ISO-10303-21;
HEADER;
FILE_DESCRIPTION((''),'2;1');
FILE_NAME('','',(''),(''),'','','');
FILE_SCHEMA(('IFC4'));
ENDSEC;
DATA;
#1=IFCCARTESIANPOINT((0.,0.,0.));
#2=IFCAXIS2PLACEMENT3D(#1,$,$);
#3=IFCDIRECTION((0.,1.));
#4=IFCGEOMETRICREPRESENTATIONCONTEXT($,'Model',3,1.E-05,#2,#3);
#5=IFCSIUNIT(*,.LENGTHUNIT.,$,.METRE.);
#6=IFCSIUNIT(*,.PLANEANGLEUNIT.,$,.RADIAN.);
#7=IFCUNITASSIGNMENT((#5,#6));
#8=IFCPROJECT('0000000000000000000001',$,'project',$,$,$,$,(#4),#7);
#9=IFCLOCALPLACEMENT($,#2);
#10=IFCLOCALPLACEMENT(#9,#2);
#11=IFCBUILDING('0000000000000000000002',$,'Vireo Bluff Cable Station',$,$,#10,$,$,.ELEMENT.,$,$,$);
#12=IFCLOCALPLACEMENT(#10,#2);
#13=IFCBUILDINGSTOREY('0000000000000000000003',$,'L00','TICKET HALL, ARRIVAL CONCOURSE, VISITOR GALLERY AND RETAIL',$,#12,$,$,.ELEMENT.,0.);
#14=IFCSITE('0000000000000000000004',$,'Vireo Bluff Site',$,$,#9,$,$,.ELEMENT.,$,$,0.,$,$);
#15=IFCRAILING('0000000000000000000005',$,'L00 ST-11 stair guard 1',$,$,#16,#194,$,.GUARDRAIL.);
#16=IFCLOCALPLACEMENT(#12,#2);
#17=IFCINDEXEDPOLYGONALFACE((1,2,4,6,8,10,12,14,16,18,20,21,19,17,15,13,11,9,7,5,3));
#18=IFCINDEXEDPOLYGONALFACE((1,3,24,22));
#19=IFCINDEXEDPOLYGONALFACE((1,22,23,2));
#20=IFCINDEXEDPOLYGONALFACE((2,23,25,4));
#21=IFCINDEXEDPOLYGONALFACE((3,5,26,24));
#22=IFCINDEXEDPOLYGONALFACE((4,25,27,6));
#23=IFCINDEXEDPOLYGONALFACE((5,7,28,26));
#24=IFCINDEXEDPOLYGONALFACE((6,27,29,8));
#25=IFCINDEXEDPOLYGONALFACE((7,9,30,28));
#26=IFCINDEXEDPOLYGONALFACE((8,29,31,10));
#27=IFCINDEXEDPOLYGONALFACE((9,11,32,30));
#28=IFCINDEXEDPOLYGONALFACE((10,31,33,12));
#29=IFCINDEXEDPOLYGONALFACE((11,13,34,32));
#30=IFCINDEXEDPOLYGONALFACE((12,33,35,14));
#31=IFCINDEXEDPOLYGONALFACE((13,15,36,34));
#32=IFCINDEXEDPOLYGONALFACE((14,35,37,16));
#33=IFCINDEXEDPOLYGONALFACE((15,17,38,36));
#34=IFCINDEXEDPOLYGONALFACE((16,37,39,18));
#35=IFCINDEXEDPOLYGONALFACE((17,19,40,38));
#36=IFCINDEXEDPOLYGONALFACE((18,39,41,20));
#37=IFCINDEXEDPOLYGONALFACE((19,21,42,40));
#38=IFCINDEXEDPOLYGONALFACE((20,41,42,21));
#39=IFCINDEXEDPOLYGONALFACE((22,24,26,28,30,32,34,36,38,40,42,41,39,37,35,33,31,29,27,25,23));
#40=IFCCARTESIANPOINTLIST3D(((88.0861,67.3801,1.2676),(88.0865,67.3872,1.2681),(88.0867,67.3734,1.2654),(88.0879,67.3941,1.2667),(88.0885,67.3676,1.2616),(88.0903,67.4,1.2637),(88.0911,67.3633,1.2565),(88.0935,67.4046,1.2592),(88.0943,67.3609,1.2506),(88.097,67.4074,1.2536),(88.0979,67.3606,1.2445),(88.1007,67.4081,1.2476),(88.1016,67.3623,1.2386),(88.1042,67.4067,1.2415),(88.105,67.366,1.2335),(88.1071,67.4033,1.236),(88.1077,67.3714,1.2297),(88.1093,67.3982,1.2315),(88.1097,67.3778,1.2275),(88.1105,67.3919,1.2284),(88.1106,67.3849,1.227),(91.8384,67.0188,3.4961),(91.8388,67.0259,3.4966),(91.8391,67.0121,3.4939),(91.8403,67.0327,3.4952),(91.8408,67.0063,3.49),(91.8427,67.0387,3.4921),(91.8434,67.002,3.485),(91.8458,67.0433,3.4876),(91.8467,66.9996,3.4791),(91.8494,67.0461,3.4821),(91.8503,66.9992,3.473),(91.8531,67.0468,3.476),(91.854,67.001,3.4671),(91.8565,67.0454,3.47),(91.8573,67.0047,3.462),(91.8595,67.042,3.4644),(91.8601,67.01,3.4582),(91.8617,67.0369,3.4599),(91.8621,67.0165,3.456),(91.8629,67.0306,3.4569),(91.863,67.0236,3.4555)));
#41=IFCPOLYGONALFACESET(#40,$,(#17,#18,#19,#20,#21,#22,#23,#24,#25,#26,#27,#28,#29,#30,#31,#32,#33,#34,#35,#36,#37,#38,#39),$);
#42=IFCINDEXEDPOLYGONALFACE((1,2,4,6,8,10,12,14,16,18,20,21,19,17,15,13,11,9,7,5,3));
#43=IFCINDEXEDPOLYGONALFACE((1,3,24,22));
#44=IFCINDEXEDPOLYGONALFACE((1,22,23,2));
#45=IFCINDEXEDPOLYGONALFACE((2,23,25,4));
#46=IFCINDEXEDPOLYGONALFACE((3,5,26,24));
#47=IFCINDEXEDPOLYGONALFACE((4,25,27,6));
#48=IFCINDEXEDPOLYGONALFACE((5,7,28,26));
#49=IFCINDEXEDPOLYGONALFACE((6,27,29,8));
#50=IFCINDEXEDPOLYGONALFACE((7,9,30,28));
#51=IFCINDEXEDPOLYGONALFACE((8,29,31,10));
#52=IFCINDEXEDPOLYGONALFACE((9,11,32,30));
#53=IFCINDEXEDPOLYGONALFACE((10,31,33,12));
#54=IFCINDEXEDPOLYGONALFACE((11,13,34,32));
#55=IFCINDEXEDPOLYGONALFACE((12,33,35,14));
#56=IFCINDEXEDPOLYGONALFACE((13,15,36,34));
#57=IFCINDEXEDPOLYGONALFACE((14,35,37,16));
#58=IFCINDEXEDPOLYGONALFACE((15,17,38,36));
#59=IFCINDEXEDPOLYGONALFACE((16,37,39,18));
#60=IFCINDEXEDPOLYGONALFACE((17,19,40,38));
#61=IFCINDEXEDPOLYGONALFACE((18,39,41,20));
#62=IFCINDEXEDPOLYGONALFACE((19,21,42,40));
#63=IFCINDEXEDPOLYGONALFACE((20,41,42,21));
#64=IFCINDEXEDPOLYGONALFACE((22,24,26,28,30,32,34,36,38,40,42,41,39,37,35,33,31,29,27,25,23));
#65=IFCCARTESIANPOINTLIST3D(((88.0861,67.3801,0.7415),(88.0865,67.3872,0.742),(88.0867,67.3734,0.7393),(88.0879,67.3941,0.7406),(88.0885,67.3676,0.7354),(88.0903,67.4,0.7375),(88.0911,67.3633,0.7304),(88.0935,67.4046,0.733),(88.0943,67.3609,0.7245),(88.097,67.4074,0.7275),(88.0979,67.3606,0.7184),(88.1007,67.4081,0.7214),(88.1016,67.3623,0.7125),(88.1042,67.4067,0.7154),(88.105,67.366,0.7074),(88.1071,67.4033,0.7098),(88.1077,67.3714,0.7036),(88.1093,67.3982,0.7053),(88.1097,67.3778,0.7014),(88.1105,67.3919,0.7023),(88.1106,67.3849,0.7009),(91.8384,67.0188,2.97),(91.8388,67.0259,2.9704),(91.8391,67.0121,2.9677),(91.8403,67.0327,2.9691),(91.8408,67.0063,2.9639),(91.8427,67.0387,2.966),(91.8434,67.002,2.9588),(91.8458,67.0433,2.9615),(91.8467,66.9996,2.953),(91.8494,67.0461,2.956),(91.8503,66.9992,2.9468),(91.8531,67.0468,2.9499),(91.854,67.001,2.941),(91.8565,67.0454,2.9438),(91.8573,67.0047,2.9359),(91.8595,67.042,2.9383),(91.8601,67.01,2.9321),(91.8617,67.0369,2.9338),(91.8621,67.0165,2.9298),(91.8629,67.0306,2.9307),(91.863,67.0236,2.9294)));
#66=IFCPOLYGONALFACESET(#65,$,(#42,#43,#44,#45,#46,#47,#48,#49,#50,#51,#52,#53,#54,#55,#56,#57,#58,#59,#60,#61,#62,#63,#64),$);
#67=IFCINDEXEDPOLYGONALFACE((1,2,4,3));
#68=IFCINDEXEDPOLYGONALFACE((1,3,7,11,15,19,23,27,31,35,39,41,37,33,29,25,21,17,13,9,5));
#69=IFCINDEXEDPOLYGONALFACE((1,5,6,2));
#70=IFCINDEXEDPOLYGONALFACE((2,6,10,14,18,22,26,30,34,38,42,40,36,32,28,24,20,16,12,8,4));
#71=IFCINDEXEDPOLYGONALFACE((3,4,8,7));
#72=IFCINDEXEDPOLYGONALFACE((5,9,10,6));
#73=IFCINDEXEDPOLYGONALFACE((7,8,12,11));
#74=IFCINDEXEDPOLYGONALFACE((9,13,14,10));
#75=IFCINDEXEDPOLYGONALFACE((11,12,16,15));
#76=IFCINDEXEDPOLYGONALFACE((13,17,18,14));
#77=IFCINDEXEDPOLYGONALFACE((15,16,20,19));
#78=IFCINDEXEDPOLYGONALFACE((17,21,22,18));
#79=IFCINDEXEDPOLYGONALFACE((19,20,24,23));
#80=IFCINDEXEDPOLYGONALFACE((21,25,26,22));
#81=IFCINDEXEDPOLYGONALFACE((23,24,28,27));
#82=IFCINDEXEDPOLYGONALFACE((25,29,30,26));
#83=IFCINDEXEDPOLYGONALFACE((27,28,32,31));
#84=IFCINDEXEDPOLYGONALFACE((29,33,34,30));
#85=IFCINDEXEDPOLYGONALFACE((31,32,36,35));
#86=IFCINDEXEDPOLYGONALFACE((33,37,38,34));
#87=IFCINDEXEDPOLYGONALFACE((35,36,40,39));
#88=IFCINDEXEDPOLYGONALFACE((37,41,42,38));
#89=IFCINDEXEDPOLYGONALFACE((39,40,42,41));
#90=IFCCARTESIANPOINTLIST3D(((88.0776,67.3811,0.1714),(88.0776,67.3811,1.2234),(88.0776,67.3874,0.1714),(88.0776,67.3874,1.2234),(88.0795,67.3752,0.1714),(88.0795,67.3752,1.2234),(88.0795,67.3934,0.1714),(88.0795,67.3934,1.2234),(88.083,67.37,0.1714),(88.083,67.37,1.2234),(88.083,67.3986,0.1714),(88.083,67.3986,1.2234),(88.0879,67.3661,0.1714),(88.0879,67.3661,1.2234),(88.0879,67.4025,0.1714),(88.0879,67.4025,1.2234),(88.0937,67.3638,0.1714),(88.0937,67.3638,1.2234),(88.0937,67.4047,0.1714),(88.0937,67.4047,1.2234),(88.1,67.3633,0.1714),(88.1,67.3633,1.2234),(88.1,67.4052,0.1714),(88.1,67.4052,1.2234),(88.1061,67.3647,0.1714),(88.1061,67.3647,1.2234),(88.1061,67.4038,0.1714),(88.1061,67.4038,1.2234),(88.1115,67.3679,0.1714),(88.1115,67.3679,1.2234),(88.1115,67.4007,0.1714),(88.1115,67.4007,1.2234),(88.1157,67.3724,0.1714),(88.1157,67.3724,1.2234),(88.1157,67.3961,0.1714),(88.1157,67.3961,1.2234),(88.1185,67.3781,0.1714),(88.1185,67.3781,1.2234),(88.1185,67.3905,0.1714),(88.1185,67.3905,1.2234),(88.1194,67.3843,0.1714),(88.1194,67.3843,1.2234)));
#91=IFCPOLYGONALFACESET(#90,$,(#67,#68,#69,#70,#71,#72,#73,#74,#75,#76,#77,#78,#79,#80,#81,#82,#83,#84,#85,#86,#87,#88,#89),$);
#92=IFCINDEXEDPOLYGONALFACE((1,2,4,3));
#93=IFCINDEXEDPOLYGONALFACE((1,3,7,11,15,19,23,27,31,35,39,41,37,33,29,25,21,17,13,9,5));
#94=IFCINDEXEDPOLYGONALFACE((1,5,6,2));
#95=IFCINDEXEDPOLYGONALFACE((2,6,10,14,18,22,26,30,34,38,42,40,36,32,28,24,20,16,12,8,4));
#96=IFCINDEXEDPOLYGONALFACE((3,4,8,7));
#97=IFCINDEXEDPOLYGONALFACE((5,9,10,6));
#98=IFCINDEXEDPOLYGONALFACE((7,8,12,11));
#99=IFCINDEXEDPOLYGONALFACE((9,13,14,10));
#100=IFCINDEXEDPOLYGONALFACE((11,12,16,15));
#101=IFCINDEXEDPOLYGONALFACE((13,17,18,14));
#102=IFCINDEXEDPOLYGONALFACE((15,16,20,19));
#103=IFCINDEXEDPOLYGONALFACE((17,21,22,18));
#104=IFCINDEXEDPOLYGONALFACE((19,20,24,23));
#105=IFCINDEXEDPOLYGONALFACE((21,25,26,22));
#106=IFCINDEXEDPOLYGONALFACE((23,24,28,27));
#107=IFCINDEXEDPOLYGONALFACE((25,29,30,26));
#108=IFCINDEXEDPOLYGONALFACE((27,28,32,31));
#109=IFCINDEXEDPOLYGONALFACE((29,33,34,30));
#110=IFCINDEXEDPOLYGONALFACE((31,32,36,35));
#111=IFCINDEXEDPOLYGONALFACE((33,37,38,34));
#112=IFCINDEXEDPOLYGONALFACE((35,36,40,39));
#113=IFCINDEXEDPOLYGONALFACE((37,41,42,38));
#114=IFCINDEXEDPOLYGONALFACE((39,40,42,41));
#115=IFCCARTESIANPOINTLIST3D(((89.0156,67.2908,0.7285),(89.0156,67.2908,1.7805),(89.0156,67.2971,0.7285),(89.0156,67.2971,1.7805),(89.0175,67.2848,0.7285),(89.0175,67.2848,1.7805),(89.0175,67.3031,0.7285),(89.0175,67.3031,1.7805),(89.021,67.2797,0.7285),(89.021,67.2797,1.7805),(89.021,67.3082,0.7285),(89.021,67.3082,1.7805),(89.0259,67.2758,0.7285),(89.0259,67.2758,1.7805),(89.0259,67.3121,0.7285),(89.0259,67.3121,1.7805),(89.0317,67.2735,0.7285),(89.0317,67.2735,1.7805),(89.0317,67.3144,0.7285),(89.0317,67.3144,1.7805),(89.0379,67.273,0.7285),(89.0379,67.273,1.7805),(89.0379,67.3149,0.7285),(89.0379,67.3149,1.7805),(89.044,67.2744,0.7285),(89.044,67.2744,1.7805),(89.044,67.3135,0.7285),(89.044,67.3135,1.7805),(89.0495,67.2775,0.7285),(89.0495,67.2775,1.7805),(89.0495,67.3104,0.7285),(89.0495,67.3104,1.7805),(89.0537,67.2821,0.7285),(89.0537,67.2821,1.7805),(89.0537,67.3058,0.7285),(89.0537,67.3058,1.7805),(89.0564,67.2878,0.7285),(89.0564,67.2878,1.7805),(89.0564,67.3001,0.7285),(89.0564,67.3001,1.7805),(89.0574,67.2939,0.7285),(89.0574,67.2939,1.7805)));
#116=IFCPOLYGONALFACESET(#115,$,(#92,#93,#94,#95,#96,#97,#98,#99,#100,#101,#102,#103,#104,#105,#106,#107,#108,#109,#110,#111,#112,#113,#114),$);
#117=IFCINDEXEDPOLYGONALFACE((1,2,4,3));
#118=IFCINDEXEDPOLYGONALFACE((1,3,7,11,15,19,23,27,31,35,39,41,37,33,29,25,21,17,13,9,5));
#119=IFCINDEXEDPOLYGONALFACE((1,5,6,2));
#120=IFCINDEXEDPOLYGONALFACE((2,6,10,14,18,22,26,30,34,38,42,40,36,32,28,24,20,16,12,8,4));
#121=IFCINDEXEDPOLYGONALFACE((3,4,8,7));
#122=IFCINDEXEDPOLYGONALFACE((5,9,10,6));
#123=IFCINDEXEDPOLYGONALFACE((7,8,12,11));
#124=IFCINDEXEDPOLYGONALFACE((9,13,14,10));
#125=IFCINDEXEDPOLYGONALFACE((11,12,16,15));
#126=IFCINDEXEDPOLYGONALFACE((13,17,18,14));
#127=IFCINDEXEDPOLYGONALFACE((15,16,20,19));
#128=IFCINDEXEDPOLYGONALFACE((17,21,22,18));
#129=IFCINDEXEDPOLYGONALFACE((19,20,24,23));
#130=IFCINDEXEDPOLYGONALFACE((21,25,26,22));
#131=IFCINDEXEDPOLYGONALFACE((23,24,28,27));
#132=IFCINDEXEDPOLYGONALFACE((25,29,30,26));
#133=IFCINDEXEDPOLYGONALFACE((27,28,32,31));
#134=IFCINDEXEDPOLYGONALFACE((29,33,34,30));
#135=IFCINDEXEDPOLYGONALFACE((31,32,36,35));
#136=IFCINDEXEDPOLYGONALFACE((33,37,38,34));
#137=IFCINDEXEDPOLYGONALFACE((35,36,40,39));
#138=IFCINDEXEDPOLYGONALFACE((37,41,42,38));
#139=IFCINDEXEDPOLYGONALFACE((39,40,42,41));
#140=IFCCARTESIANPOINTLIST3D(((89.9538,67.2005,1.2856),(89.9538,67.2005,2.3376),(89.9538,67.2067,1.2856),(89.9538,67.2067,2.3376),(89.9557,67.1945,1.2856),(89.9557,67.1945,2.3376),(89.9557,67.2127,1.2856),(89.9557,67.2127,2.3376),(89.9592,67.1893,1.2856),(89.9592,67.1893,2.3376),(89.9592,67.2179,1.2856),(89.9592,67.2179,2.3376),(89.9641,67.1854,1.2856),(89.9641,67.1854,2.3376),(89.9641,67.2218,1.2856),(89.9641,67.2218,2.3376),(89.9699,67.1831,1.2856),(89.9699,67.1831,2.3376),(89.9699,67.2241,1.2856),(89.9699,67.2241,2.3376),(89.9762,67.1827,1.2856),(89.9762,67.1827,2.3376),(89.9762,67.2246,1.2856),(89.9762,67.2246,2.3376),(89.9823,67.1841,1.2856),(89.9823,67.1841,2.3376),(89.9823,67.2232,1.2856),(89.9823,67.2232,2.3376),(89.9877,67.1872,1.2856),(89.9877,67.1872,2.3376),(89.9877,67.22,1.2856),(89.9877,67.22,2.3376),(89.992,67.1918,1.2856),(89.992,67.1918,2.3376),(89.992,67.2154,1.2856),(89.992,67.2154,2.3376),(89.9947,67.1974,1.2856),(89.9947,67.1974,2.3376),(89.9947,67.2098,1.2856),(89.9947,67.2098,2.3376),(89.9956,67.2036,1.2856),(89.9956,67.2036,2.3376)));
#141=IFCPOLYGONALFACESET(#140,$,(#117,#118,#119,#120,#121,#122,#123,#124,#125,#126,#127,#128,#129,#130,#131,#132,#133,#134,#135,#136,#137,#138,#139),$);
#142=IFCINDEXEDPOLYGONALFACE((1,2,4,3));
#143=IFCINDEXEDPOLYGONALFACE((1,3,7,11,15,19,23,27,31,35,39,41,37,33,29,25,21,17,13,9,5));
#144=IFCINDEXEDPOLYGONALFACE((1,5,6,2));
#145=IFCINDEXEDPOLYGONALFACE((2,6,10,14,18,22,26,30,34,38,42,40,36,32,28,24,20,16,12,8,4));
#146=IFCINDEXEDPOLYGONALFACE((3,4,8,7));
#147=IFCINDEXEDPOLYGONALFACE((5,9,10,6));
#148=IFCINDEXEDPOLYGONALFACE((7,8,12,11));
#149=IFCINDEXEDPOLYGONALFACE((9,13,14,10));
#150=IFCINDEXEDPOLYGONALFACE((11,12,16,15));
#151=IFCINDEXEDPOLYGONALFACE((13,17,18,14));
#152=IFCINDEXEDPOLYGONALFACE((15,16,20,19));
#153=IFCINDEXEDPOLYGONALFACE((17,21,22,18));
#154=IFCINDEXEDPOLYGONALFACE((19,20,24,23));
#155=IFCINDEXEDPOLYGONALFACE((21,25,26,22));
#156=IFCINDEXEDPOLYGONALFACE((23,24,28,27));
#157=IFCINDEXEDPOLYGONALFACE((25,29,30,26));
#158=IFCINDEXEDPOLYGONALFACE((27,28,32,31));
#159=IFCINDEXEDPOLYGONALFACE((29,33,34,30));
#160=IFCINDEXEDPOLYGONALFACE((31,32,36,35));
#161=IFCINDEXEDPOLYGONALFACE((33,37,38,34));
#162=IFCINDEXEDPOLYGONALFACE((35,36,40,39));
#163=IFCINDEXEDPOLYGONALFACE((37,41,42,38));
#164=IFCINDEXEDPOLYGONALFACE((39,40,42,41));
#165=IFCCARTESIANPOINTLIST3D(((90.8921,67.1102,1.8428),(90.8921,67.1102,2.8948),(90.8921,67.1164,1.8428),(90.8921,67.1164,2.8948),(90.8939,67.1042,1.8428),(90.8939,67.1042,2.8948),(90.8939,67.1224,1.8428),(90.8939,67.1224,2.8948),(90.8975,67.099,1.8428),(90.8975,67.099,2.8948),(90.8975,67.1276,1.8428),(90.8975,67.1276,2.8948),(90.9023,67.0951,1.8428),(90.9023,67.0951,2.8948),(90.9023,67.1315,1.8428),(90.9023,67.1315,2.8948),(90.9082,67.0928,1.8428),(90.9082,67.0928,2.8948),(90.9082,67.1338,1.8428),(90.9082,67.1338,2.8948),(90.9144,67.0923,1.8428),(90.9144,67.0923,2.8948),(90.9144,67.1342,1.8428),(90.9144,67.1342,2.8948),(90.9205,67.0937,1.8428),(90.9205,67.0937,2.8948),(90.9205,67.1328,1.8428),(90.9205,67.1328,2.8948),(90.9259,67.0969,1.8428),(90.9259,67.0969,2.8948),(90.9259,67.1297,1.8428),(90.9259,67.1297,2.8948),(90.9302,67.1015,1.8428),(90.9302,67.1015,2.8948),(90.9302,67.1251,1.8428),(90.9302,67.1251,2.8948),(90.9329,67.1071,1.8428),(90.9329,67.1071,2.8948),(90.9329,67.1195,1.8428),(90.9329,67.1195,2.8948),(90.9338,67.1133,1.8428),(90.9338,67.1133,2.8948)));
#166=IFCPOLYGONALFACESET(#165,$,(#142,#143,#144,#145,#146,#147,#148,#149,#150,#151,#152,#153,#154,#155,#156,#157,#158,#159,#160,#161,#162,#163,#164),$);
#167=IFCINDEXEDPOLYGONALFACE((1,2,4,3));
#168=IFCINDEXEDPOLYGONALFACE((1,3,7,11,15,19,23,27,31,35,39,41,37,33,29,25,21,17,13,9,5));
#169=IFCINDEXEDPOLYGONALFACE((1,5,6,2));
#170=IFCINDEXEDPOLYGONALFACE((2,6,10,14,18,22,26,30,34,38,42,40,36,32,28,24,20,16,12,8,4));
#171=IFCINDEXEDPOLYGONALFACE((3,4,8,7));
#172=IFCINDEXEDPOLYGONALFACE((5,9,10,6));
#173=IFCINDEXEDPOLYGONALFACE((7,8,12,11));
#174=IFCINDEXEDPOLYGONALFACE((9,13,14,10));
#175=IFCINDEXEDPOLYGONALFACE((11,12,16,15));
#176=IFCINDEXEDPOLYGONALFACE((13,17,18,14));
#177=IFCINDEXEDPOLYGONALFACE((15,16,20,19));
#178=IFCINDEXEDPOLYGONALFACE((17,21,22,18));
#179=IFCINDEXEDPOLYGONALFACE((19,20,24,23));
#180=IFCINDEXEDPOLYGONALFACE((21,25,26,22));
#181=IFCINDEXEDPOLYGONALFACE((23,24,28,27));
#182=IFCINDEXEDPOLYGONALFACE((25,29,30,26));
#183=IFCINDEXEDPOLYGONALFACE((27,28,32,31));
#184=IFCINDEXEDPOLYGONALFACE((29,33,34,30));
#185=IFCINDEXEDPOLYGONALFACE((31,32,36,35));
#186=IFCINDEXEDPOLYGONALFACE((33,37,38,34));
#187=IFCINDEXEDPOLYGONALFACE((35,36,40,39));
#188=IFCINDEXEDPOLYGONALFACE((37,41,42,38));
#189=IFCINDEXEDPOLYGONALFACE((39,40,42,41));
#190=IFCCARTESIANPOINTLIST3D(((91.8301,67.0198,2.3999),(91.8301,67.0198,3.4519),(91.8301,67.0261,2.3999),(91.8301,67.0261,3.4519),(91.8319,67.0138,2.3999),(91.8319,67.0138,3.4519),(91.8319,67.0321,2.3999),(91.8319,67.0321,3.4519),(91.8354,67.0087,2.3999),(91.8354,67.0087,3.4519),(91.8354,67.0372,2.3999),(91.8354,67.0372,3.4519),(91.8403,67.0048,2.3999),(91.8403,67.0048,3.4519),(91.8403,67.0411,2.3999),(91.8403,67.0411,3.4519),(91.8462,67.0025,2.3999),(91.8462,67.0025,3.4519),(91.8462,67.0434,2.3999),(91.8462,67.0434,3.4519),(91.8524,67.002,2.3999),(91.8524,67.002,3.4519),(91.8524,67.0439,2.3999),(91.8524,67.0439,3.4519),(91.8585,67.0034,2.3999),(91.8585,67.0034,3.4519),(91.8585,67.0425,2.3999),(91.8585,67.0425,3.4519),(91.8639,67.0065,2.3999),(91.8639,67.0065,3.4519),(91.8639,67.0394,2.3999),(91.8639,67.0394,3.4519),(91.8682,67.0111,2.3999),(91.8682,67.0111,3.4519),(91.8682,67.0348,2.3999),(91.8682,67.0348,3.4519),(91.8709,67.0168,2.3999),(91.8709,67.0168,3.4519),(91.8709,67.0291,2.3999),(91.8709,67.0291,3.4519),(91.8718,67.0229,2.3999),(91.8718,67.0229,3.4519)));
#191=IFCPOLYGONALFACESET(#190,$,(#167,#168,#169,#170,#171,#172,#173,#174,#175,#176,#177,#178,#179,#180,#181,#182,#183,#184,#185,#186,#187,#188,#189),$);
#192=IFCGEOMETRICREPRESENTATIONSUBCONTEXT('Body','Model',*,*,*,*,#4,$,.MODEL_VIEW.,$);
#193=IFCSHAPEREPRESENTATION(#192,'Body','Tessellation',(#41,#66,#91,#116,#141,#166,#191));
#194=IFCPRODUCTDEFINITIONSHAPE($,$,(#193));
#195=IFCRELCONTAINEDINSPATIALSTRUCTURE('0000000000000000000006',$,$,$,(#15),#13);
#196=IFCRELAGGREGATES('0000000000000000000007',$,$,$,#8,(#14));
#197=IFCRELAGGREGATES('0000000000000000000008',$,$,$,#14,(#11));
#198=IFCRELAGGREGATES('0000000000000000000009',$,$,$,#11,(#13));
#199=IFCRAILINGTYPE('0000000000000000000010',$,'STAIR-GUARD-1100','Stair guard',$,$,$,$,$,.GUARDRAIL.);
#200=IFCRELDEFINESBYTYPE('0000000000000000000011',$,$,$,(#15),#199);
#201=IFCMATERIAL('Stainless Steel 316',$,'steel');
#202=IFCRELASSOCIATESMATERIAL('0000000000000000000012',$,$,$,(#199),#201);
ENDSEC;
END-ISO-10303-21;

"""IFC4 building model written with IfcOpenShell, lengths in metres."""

from ifc_helpers import new_model, si_unit, direction, frame, origin, origin_2d, place, context, subcontext, project, spatial, circle, extrude, material, type_object, element, save


model = new_model("IFC4")

# Units and contexts
model_context = context("Model", 3, precision=1e-05, world=origin(), true_north=direction((0.0, 1.0)))
body_context = subcontext(model_context, "Body", "Model", "MODEL_VIEW")
ifc_project = project(units=[si_unit("LENGTHUNIT", "METRE"), si_unit("PLANEANGLEUNIT", "RADIAN")], contexts=[model_context])

# Site, building, storey
site_placement = place(None, origin())
site = spatial("IfcSite", under=ifc_project, at=site_placement, Name="Vireo Bluff Site", CompositionType="ELEMENT", RefElevation=0.0)
building_placement = place(site_placement, origin())
building = spatial("IfcBuilding", under=site, at=building_placement, Name="Vireo Bluff Cable Station", CompositionType="ELEMENT")
storey_placement = place(building_placement, origin())
storey = spatial("IfcBuildingStorey", under=building, at=storey_placement, Name="L00", Description="TICKET HALL, ARRIVAL CONCOURSE, VISITOR GALLERY AND RETAIL", CompositionType="ELEMENT", Elevation=0.0)

# Railing
ifc_material_1 = material(Name="Stainless Steel 316", Category="steel")
railing_type_1 = type_object("IfcRailingType", Name="STAIR-GUARD-1100", Description="Stair guard", PredefinedType="GUARDRAIL", material=ifc_material_1)
railing_1_placement = place(storey_placement, frame((88.0984, 67.3843, 0.1714)))
element("IfcRailing", 1, at=railing_1_placement, inside=storey, type_object=railing_type_1, Name="L00 ST-11 stair guard 1", PredefinedType="GUARDRAIL", context=body_context, shape_type="SweptSolid", body=[
    extrude(circle(Radius=0.0239, at=origin_2d()), frame((0.0, 0.0, 1.0762), z_axis=(0.856872, -0.08251, 0.508883), x_axis=(0.095848, 0.995396, 0.0)), (0.0, 0.0, 1.0), 4.3792),
    extrude(circle(Radius=0.0239, at=origin_2d()), frame((0.0, 0.0, 0.55), z_axis=(0.856872, -0.08251, 0.508883), x_axis=(0.095848, 0.995396, 0.0)), (0.0, 0.0, 1.0), 4.3792),
    extrude(circle(Radius=0.021, at=origin_2d()), origin(), (0.0, 0.0, 1.0), 1.052),
    extrude(circle(Radius=0.021, at=origin_2d()), frame((0.938, -0.0903, 0.5571)), (0.0, 0.0, 1.0), 1.052),
    extrude(circle(Radius=0.021, at=origin_2d()), frame((1.8762, -0.1807, 1.1143)), (0.0, 0.0, 1.0), 1.052),
    extrude(circle(Radius=0.021, at=origin_2d()), frame((2.8145, -0.271, 1.6714)), (0.0, 0.0, 1.0), 1.052),
    extrude(circle(Radius=0.021, at=origin_2d()), frame((3.7524, -0.3613, 2.2285)), (0.0, 0.0, 1.0), 1.052),
])

save(model, "model.ifc")
